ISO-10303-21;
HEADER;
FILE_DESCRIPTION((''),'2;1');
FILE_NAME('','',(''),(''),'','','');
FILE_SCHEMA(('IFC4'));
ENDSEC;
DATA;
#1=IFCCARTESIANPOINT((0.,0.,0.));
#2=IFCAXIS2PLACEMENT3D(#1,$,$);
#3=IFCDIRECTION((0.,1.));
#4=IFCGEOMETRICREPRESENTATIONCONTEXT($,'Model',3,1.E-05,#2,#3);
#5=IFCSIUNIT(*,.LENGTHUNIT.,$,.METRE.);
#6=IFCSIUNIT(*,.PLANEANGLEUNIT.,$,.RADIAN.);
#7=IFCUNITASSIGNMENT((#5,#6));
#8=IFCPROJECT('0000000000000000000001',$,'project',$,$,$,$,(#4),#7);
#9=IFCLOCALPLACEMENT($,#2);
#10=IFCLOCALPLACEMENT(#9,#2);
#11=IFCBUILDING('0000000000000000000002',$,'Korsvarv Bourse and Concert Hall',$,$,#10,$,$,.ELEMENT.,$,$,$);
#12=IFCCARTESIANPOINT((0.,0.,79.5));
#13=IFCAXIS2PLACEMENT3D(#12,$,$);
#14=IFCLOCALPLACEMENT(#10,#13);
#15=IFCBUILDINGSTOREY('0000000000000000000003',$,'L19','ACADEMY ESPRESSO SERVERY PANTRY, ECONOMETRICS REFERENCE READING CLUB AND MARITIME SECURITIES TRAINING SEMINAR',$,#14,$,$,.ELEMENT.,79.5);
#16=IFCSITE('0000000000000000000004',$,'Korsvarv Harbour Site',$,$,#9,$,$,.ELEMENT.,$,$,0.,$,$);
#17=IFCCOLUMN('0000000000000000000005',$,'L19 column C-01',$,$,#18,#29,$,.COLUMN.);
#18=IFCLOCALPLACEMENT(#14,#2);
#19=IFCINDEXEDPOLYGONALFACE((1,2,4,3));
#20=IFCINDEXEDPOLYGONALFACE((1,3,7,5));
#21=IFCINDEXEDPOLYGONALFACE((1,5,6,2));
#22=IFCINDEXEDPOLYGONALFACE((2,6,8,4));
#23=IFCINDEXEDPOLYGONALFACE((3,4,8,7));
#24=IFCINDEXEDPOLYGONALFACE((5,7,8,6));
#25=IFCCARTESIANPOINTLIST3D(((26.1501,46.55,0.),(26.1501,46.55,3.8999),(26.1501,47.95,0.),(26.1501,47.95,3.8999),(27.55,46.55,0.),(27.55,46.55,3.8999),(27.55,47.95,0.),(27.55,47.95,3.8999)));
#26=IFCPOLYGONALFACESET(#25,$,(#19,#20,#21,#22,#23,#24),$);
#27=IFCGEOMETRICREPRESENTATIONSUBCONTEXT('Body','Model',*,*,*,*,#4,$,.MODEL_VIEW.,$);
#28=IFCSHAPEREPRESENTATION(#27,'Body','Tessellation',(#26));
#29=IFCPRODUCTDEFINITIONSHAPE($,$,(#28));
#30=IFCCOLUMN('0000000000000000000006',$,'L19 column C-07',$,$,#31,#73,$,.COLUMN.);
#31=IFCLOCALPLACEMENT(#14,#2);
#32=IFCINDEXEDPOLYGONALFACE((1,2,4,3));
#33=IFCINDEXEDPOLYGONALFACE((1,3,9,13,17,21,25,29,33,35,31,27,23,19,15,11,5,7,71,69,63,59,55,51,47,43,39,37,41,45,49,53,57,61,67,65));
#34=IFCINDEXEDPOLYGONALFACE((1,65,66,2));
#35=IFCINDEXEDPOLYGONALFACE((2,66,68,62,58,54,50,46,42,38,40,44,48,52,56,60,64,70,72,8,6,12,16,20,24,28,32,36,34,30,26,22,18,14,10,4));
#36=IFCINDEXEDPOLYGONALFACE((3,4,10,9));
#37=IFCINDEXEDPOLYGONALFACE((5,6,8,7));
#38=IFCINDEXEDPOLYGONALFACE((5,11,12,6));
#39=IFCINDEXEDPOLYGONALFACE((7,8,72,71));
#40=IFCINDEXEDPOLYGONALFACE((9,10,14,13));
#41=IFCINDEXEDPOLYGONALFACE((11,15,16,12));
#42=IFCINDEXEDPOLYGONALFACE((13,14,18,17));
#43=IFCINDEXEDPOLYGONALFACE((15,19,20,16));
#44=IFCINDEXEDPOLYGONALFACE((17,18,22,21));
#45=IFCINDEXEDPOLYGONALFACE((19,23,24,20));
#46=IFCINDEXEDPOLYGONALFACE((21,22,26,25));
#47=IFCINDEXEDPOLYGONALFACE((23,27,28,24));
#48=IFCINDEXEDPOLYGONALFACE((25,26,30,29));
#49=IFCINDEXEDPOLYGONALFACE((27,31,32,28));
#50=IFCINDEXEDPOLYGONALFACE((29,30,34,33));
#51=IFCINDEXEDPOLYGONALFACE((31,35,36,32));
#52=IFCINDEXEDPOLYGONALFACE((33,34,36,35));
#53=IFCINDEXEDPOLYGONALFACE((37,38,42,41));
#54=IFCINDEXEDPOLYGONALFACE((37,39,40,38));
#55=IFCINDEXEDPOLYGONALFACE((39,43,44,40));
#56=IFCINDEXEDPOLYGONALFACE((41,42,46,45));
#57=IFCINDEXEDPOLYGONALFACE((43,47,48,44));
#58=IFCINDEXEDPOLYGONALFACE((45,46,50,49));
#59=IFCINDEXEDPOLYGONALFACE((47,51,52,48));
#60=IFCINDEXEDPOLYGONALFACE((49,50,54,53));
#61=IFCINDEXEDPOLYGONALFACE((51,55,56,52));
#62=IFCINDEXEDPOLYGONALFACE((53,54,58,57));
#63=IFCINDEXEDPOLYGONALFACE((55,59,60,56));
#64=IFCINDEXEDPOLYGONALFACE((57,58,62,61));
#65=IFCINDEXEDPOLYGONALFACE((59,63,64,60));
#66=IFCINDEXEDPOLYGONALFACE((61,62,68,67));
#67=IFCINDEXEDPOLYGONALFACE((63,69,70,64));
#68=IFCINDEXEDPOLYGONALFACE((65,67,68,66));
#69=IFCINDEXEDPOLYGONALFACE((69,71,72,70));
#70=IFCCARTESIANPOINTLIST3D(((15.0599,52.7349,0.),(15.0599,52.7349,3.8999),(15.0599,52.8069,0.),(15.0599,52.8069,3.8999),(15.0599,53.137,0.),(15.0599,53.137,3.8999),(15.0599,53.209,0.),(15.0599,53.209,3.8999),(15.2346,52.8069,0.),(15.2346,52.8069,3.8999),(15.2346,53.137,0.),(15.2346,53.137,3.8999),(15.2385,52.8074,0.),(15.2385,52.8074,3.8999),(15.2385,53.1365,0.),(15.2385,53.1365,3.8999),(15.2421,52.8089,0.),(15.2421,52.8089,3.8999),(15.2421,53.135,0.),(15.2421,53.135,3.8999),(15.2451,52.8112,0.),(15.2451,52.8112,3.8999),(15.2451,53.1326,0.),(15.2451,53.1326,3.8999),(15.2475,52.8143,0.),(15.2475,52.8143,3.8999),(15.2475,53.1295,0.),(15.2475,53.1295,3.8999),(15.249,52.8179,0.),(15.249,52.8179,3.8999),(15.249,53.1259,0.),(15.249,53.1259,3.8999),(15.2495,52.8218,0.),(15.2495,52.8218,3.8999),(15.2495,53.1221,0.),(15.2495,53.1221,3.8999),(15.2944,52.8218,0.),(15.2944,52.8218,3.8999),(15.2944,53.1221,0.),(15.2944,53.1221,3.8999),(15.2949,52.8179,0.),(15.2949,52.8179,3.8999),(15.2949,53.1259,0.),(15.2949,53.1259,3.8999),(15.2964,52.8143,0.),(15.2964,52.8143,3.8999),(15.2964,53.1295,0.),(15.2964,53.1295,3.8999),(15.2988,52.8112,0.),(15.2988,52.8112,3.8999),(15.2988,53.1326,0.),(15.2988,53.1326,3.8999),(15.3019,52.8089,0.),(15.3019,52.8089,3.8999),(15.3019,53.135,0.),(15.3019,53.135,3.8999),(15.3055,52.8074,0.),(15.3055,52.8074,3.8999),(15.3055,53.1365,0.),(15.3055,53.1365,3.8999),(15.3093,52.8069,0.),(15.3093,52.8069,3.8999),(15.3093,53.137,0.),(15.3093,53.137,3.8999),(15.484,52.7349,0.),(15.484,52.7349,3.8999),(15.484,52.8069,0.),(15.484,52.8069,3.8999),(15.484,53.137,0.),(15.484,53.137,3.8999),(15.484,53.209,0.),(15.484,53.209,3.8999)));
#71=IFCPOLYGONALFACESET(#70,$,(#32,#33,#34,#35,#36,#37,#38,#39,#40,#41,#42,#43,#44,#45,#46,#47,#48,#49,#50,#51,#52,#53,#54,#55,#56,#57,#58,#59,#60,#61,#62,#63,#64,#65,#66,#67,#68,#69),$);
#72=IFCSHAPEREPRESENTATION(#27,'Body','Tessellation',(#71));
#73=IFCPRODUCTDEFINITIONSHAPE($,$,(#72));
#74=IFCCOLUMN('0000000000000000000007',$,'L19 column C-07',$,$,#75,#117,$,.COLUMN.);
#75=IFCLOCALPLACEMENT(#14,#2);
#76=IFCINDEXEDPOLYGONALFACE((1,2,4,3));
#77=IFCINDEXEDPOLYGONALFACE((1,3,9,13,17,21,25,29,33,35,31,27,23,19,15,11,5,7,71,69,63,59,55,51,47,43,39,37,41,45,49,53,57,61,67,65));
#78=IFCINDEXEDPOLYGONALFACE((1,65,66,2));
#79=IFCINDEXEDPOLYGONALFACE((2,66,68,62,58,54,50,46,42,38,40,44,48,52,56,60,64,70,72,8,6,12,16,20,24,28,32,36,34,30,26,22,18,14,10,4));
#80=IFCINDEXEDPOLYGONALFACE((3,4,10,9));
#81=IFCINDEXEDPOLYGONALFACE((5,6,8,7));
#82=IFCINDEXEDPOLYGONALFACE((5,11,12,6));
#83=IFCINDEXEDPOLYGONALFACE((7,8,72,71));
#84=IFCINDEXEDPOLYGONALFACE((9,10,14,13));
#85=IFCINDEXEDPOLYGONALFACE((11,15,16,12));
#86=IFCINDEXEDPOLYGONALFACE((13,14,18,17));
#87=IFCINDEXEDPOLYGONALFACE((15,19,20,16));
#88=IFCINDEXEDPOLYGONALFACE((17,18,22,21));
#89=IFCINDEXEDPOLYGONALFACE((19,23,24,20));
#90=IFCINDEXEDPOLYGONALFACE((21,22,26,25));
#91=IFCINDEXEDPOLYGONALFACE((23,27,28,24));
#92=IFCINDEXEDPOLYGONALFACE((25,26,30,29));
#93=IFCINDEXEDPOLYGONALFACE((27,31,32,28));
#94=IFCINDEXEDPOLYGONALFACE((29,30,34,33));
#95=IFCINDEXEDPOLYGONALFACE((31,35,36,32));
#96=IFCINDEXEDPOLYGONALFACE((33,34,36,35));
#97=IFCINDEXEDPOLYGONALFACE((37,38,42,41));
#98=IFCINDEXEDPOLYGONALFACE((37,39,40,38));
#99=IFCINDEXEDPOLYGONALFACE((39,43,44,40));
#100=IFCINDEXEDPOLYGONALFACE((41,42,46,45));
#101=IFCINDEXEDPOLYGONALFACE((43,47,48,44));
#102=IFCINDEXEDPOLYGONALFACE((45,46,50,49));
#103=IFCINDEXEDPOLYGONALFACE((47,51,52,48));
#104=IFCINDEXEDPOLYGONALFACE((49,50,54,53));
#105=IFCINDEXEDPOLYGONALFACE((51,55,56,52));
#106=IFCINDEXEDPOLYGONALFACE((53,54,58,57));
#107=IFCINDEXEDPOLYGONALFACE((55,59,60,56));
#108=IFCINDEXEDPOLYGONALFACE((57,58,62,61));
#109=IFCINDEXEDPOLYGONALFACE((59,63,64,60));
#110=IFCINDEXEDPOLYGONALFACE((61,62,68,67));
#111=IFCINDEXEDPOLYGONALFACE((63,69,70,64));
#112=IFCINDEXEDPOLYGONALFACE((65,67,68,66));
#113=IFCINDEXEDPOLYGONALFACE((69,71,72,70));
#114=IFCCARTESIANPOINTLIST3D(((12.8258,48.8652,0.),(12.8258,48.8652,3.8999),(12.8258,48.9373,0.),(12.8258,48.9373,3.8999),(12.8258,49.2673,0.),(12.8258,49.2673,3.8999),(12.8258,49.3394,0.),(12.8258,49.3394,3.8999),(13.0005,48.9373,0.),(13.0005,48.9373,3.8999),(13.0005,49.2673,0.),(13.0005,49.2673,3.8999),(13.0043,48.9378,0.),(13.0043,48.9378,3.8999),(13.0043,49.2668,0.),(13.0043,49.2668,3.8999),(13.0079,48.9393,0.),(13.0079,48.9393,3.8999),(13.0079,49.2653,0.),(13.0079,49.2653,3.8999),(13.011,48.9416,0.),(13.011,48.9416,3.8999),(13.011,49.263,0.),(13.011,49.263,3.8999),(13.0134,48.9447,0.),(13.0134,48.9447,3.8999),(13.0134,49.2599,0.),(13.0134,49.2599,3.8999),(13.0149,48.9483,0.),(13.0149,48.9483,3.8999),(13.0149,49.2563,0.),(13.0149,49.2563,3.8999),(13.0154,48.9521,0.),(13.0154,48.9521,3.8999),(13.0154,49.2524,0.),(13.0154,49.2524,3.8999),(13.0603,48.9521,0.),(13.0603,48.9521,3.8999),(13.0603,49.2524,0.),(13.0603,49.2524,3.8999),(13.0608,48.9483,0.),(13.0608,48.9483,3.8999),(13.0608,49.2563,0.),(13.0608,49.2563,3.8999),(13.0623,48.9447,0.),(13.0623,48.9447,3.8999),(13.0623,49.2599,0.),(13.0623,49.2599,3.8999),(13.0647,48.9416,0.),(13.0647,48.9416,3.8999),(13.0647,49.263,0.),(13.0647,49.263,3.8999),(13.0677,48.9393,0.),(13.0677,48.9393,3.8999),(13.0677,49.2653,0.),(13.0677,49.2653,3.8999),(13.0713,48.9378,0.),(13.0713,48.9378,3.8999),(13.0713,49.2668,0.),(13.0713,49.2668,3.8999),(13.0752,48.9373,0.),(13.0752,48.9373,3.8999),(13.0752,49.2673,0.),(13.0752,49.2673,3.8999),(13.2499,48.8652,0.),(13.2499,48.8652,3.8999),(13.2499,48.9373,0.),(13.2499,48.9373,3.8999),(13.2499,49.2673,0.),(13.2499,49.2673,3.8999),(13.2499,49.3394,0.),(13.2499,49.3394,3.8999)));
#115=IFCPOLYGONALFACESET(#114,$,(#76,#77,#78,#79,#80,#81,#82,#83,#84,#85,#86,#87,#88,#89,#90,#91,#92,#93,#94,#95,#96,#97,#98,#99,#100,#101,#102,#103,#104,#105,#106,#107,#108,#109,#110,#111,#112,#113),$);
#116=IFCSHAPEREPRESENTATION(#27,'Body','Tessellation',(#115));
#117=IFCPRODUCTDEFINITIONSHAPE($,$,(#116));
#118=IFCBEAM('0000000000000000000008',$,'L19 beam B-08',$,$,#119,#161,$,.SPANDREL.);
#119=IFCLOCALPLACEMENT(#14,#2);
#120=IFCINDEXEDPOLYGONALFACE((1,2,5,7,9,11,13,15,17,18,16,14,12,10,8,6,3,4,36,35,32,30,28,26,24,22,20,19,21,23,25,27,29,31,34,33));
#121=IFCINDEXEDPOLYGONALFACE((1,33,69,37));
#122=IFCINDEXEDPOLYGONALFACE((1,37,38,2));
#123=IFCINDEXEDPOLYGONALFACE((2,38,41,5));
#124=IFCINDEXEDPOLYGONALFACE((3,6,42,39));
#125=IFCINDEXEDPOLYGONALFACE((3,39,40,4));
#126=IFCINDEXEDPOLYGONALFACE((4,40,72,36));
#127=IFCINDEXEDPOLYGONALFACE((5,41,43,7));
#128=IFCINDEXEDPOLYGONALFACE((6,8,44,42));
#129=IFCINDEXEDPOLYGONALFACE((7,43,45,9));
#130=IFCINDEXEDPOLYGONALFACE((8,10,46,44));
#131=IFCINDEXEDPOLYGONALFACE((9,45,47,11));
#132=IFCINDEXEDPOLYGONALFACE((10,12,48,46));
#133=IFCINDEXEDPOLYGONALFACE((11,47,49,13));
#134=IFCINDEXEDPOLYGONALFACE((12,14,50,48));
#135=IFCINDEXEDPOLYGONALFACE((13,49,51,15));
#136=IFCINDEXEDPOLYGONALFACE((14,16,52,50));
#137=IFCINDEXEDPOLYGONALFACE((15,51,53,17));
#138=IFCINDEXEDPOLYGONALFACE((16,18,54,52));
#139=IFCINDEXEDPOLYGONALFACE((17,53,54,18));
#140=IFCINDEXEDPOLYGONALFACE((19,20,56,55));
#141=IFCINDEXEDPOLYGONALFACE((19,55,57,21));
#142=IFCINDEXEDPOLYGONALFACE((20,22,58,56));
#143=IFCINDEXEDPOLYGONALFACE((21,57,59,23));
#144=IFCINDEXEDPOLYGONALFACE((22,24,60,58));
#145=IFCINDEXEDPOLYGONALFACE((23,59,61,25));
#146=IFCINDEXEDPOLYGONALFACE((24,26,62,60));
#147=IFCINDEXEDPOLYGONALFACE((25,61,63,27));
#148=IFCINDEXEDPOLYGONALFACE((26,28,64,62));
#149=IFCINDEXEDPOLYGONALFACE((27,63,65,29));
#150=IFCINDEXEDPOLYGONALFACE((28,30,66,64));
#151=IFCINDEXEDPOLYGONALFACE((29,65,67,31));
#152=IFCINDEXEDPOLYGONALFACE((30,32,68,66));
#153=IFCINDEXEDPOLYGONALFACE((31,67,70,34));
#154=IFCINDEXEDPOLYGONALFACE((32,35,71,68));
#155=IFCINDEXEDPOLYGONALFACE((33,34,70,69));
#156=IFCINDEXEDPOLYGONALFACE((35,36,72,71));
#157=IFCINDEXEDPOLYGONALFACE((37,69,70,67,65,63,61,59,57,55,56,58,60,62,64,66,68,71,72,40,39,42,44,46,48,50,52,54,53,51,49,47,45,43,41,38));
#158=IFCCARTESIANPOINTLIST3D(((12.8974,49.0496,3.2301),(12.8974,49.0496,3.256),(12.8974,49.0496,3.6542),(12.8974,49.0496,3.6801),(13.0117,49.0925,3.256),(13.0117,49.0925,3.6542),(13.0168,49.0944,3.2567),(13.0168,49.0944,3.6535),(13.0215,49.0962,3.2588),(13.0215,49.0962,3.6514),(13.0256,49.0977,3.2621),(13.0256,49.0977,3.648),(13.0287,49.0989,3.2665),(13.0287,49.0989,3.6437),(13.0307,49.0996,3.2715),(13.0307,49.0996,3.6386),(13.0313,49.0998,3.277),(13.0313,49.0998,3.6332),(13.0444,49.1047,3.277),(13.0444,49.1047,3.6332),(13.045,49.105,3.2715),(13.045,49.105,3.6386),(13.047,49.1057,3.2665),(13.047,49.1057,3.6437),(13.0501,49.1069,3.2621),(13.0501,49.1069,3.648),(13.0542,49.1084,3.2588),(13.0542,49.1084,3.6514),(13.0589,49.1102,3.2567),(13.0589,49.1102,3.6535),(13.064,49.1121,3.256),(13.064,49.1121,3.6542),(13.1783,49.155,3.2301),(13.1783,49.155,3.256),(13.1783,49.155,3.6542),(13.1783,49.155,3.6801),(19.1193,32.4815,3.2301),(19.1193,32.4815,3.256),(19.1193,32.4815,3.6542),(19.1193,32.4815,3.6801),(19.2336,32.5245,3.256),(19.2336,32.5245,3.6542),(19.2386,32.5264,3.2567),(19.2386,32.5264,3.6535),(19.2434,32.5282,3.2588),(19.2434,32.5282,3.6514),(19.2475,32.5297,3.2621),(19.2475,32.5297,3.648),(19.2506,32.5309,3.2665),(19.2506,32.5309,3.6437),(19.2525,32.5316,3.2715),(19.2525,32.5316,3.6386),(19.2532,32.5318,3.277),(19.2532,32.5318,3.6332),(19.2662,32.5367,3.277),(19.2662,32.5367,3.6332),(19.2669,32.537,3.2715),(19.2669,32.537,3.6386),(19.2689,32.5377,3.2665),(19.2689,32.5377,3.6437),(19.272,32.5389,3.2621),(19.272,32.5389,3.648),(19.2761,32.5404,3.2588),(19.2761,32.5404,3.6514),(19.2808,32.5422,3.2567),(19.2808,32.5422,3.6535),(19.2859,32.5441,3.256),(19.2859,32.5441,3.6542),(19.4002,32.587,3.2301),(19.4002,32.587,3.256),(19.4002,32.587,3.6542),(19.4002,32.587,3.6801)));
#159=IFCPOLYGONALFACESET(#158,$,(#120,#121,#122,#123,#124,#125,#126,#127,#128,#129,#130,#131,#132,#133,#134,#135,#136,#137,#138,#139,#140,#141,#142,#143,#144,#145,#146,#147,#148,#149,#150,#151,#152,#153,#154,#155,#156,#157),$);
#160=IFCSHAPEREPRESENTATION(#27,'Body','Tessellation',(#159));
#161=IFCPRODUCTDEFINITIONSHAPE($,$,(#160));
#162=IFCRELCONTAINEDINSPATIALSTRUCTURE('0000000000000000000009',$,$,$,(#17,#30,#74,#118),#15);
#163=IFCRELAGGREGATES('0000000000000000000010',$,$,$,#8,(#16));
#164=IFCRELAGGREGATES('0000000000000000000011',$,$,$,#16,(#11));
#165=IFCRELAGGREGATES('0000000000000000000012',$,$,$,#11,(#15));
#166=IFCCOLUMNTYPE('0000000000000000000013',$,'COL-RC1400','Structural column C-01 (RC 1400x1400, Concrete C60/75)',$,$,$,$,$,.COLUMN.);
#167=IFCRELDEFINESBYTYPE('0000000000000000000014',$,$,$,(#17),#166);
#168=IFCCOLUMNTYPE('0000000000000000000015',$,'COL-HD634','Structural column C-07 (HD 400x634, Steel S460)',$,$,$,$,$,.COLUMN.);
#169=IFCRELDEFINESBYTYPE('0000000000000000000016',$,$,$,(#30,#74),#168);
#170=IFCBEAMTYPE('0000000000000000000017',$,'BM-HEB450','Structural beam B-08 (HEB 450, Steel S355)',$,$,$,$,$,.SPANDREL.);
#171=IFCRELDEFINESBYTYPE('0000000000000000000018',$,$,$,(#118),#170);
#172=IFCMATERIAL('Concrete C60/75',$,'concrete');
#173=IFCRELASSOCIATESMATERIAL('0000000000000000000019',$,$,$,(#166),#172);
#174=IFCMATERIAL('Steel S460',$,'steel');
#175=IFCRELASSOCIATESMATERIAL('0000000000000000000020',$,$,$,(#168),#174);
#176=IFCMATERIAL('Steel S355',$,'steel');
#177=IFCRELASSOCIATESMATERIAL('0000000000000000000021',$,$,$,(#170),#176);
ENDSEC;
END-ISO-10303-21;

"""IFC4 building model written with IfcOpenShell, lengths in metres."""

from ifc_helpers import new_model, si_unit, direction, frame, origin, origin_2d, place, context, subcontext, project, spatial, rectangle, i_section, extrude, source, transform, mapped, material, material_profile, profile_set, type_object, element, save


model = new_model("IFC4")

# Units and contexts
model_context = context("Model", 3, precision=1e-05, world=origin(), true_north=direction((0.0, 1.0)))
body_context = subcontext(model_context, "Body", "Model", "MODEL_VIEW")
ifc_project = project(units=[si_unit("LENGTHUNIT", "METRE"), si_unit("PLANEANGLEUNIT", "RADIAN")], contexts=[model_context])

# Site, building, storey
site_placement = place(None, origin())
site = spatial("IfcSite", under=ifc_project, at=site_placement, Name="Korsvarv Harbour Site", CompositionType="ELEMENT", RefElevation=0.0)
building_placement = place(site_placement, origin())
building = spatial("IfcBuilding", under=site, at=building_placement, Name="Korsvarv Bourse and Concert Hall", CompositionType="ELEMENT")
storey_placement = place(building_placement, frame((0.0, 0.0, 79.5)))
storey = spatial("IfcBuildingStorey", under=building, at=storey_placement, Name="L19", Description="ACADEMY ESPRESSO SERVERY PANTRY, ECONOMETRICS REFERENCE READING CLUB AND MARITIME SECURITIES TRAINING SEMINAR", CompositionType="ELEMENT", Elevation=79.5)

# Columns
ifc_material_1 = material(Name="Concrete C60/75", Category="concrete")
ifc_material_profile_1 = material_profile(ifc_material_1, rectangle(XDim=1.3999, YDim=1.3999, at=origin_2d()), Name="RC 1400x1400")
ifc_profile_set_1 = profile_set([ifc_material_profile_1], Name="Concrete C60/75")
column_type_1 = type_object("IfcColumnType", Name="COL-RC1400", Description="Structural column C-01 (RC 1400x1400, Concrete C60/75)", PredefinedType="COLUMN", material=ifc_profile_set_1)
shared_shape_1 = source(origin(), body_context, "Body", "SweptSolid", [
    extrude(rectangle(XDim=1.3999, YDim=1.3999, at=origin_2d()), origin(), (0.0, 0.0, 1.0), 3.8999),
])
column_placement = place(storey_placement, frame((26.8501, 47.25, 0.0), z_axis=(0.0, 0.0, 1.0), x_axis=(1.0, 0.0, 0.0)))
element("IfcColumn", 1, at=column_placement, inside=storey, type_object=column_type_1, Name="L19 column C-01", PredefinedType="COLUMN", context=body_context, shape_type="MappedRepresentation", body=[
    mapped(shared_shape_1, transform((0.0, 0.0, 0.0), scale=1.0)),
])
ifc_material_2 = material(Name="Steel S460", Category="steel")
ifc_material_profile_2 = material_profile(ifc_material_2, i_section(OverallWidth=0.4241, OverallDepth=0.4741, WebThickness=0.0449, FlangeThickness=0.072, FilletRadius=0.0149, at=origin_2d()), Name="HD 400x634")
ifc_profile_set_2 = profile_set([ifc_material_profile_2], Name="Steel S460")
column_type_2 = type_object("IfcColumnType", Name="COL-HD634", Description="Structural column C-07 (HD 400x634, Steel S460)", PredefinedType="COLUMN", material=ifc_profile_set_2)
shared_shape_2 = source(origin(), body_context, "Body", "SweptSolid", [
    extrude(i_section(OverallWidth=0.4241, OverallDepth=0.4741, WebThickness=0.0449, FlangeThickness=0.072, FilletRadius=0.0149, at=origin_2d()), origin(), (0.0, 0.0, 1.0), 3.8999),
])
for number, where, z_axis, x_axis, name in (
    (2, (15.272, 52.9719, 0.0), (0.0, 0.0, 1.0), (1.0, 0.0, 0.0), "L19 column C-07"),
    (3, (13.0378, 49.1023, 0.0), (0.0, 0.0, 1.0), (1.0, 0.0, 0.0), "L19 column C-07"),
):
    element("IfcColumn", number, at=place(storey_placement, frame(where, z_axis=z_axis, x_axis=x_axis)), inside=storey, type_object=column_type_2, Name=name, PredefinedType="COLUMN", context=body_context, shape_type="MappedRepresentation", body=[
        mapped(shared_shape_2, transform((0.0, 0.0, 0.0), scale=1.0)),
    ])

# Beam
ifc_material_3 = material(Name="Steel S355", Category="steel")
ifc_material_profile_3 = material_profile(ifc_material_3, i_section(OverallWidth=0.3, OverallDepth=0.45, WebThickness=0.0139, FlangeThickness=0.0259, FilletRadius=0.021, at=origin_2d()), Name="HEB 450")
ifc_profile_set_3 = profile_set([ifc_material_profile_3], Name="Steel S355")
beam_type_1 = type_object("IfcBeamType", Name="BM-HEB450", Description="Structural beam B-08 (HEB 450, Steel S355)", PredefinedType="SPANDREL", material=ifc_profile_set_3)
shared_shape_3 = source(origin(), body_context, "Body", "SweptSolid", [
    extrude(i_section(OverallWidth=0.3, OverallDepth=0.45, WebThickness=0.0139, FlangeThickness=0.0259, FilletRadius=0.021, at=origin_2d()), origin(), (0.0, 0.0, 1.0), 17.6978),
])
beam_1_placement = place(storey_placement, frame((13.0378, 49.1023, 3.4551), z_axis=(0.351563, -0.936164, 0.0), x_axis=(0.936164, 0.351563, 0.0)))
element("IfcBeam", 4, at=beam_1_placement, inside=storey, type_object=beam_type_1, Name="L19 beam B-08", PredefinedType="SPANDREL", context=body_context, shape_type="MappedRepresentation", body=[
    mapped(shared_shape_3, transform((0.0, 0.0, 0.0), scale=1.0)),
])

save(model, "model.ifc")
